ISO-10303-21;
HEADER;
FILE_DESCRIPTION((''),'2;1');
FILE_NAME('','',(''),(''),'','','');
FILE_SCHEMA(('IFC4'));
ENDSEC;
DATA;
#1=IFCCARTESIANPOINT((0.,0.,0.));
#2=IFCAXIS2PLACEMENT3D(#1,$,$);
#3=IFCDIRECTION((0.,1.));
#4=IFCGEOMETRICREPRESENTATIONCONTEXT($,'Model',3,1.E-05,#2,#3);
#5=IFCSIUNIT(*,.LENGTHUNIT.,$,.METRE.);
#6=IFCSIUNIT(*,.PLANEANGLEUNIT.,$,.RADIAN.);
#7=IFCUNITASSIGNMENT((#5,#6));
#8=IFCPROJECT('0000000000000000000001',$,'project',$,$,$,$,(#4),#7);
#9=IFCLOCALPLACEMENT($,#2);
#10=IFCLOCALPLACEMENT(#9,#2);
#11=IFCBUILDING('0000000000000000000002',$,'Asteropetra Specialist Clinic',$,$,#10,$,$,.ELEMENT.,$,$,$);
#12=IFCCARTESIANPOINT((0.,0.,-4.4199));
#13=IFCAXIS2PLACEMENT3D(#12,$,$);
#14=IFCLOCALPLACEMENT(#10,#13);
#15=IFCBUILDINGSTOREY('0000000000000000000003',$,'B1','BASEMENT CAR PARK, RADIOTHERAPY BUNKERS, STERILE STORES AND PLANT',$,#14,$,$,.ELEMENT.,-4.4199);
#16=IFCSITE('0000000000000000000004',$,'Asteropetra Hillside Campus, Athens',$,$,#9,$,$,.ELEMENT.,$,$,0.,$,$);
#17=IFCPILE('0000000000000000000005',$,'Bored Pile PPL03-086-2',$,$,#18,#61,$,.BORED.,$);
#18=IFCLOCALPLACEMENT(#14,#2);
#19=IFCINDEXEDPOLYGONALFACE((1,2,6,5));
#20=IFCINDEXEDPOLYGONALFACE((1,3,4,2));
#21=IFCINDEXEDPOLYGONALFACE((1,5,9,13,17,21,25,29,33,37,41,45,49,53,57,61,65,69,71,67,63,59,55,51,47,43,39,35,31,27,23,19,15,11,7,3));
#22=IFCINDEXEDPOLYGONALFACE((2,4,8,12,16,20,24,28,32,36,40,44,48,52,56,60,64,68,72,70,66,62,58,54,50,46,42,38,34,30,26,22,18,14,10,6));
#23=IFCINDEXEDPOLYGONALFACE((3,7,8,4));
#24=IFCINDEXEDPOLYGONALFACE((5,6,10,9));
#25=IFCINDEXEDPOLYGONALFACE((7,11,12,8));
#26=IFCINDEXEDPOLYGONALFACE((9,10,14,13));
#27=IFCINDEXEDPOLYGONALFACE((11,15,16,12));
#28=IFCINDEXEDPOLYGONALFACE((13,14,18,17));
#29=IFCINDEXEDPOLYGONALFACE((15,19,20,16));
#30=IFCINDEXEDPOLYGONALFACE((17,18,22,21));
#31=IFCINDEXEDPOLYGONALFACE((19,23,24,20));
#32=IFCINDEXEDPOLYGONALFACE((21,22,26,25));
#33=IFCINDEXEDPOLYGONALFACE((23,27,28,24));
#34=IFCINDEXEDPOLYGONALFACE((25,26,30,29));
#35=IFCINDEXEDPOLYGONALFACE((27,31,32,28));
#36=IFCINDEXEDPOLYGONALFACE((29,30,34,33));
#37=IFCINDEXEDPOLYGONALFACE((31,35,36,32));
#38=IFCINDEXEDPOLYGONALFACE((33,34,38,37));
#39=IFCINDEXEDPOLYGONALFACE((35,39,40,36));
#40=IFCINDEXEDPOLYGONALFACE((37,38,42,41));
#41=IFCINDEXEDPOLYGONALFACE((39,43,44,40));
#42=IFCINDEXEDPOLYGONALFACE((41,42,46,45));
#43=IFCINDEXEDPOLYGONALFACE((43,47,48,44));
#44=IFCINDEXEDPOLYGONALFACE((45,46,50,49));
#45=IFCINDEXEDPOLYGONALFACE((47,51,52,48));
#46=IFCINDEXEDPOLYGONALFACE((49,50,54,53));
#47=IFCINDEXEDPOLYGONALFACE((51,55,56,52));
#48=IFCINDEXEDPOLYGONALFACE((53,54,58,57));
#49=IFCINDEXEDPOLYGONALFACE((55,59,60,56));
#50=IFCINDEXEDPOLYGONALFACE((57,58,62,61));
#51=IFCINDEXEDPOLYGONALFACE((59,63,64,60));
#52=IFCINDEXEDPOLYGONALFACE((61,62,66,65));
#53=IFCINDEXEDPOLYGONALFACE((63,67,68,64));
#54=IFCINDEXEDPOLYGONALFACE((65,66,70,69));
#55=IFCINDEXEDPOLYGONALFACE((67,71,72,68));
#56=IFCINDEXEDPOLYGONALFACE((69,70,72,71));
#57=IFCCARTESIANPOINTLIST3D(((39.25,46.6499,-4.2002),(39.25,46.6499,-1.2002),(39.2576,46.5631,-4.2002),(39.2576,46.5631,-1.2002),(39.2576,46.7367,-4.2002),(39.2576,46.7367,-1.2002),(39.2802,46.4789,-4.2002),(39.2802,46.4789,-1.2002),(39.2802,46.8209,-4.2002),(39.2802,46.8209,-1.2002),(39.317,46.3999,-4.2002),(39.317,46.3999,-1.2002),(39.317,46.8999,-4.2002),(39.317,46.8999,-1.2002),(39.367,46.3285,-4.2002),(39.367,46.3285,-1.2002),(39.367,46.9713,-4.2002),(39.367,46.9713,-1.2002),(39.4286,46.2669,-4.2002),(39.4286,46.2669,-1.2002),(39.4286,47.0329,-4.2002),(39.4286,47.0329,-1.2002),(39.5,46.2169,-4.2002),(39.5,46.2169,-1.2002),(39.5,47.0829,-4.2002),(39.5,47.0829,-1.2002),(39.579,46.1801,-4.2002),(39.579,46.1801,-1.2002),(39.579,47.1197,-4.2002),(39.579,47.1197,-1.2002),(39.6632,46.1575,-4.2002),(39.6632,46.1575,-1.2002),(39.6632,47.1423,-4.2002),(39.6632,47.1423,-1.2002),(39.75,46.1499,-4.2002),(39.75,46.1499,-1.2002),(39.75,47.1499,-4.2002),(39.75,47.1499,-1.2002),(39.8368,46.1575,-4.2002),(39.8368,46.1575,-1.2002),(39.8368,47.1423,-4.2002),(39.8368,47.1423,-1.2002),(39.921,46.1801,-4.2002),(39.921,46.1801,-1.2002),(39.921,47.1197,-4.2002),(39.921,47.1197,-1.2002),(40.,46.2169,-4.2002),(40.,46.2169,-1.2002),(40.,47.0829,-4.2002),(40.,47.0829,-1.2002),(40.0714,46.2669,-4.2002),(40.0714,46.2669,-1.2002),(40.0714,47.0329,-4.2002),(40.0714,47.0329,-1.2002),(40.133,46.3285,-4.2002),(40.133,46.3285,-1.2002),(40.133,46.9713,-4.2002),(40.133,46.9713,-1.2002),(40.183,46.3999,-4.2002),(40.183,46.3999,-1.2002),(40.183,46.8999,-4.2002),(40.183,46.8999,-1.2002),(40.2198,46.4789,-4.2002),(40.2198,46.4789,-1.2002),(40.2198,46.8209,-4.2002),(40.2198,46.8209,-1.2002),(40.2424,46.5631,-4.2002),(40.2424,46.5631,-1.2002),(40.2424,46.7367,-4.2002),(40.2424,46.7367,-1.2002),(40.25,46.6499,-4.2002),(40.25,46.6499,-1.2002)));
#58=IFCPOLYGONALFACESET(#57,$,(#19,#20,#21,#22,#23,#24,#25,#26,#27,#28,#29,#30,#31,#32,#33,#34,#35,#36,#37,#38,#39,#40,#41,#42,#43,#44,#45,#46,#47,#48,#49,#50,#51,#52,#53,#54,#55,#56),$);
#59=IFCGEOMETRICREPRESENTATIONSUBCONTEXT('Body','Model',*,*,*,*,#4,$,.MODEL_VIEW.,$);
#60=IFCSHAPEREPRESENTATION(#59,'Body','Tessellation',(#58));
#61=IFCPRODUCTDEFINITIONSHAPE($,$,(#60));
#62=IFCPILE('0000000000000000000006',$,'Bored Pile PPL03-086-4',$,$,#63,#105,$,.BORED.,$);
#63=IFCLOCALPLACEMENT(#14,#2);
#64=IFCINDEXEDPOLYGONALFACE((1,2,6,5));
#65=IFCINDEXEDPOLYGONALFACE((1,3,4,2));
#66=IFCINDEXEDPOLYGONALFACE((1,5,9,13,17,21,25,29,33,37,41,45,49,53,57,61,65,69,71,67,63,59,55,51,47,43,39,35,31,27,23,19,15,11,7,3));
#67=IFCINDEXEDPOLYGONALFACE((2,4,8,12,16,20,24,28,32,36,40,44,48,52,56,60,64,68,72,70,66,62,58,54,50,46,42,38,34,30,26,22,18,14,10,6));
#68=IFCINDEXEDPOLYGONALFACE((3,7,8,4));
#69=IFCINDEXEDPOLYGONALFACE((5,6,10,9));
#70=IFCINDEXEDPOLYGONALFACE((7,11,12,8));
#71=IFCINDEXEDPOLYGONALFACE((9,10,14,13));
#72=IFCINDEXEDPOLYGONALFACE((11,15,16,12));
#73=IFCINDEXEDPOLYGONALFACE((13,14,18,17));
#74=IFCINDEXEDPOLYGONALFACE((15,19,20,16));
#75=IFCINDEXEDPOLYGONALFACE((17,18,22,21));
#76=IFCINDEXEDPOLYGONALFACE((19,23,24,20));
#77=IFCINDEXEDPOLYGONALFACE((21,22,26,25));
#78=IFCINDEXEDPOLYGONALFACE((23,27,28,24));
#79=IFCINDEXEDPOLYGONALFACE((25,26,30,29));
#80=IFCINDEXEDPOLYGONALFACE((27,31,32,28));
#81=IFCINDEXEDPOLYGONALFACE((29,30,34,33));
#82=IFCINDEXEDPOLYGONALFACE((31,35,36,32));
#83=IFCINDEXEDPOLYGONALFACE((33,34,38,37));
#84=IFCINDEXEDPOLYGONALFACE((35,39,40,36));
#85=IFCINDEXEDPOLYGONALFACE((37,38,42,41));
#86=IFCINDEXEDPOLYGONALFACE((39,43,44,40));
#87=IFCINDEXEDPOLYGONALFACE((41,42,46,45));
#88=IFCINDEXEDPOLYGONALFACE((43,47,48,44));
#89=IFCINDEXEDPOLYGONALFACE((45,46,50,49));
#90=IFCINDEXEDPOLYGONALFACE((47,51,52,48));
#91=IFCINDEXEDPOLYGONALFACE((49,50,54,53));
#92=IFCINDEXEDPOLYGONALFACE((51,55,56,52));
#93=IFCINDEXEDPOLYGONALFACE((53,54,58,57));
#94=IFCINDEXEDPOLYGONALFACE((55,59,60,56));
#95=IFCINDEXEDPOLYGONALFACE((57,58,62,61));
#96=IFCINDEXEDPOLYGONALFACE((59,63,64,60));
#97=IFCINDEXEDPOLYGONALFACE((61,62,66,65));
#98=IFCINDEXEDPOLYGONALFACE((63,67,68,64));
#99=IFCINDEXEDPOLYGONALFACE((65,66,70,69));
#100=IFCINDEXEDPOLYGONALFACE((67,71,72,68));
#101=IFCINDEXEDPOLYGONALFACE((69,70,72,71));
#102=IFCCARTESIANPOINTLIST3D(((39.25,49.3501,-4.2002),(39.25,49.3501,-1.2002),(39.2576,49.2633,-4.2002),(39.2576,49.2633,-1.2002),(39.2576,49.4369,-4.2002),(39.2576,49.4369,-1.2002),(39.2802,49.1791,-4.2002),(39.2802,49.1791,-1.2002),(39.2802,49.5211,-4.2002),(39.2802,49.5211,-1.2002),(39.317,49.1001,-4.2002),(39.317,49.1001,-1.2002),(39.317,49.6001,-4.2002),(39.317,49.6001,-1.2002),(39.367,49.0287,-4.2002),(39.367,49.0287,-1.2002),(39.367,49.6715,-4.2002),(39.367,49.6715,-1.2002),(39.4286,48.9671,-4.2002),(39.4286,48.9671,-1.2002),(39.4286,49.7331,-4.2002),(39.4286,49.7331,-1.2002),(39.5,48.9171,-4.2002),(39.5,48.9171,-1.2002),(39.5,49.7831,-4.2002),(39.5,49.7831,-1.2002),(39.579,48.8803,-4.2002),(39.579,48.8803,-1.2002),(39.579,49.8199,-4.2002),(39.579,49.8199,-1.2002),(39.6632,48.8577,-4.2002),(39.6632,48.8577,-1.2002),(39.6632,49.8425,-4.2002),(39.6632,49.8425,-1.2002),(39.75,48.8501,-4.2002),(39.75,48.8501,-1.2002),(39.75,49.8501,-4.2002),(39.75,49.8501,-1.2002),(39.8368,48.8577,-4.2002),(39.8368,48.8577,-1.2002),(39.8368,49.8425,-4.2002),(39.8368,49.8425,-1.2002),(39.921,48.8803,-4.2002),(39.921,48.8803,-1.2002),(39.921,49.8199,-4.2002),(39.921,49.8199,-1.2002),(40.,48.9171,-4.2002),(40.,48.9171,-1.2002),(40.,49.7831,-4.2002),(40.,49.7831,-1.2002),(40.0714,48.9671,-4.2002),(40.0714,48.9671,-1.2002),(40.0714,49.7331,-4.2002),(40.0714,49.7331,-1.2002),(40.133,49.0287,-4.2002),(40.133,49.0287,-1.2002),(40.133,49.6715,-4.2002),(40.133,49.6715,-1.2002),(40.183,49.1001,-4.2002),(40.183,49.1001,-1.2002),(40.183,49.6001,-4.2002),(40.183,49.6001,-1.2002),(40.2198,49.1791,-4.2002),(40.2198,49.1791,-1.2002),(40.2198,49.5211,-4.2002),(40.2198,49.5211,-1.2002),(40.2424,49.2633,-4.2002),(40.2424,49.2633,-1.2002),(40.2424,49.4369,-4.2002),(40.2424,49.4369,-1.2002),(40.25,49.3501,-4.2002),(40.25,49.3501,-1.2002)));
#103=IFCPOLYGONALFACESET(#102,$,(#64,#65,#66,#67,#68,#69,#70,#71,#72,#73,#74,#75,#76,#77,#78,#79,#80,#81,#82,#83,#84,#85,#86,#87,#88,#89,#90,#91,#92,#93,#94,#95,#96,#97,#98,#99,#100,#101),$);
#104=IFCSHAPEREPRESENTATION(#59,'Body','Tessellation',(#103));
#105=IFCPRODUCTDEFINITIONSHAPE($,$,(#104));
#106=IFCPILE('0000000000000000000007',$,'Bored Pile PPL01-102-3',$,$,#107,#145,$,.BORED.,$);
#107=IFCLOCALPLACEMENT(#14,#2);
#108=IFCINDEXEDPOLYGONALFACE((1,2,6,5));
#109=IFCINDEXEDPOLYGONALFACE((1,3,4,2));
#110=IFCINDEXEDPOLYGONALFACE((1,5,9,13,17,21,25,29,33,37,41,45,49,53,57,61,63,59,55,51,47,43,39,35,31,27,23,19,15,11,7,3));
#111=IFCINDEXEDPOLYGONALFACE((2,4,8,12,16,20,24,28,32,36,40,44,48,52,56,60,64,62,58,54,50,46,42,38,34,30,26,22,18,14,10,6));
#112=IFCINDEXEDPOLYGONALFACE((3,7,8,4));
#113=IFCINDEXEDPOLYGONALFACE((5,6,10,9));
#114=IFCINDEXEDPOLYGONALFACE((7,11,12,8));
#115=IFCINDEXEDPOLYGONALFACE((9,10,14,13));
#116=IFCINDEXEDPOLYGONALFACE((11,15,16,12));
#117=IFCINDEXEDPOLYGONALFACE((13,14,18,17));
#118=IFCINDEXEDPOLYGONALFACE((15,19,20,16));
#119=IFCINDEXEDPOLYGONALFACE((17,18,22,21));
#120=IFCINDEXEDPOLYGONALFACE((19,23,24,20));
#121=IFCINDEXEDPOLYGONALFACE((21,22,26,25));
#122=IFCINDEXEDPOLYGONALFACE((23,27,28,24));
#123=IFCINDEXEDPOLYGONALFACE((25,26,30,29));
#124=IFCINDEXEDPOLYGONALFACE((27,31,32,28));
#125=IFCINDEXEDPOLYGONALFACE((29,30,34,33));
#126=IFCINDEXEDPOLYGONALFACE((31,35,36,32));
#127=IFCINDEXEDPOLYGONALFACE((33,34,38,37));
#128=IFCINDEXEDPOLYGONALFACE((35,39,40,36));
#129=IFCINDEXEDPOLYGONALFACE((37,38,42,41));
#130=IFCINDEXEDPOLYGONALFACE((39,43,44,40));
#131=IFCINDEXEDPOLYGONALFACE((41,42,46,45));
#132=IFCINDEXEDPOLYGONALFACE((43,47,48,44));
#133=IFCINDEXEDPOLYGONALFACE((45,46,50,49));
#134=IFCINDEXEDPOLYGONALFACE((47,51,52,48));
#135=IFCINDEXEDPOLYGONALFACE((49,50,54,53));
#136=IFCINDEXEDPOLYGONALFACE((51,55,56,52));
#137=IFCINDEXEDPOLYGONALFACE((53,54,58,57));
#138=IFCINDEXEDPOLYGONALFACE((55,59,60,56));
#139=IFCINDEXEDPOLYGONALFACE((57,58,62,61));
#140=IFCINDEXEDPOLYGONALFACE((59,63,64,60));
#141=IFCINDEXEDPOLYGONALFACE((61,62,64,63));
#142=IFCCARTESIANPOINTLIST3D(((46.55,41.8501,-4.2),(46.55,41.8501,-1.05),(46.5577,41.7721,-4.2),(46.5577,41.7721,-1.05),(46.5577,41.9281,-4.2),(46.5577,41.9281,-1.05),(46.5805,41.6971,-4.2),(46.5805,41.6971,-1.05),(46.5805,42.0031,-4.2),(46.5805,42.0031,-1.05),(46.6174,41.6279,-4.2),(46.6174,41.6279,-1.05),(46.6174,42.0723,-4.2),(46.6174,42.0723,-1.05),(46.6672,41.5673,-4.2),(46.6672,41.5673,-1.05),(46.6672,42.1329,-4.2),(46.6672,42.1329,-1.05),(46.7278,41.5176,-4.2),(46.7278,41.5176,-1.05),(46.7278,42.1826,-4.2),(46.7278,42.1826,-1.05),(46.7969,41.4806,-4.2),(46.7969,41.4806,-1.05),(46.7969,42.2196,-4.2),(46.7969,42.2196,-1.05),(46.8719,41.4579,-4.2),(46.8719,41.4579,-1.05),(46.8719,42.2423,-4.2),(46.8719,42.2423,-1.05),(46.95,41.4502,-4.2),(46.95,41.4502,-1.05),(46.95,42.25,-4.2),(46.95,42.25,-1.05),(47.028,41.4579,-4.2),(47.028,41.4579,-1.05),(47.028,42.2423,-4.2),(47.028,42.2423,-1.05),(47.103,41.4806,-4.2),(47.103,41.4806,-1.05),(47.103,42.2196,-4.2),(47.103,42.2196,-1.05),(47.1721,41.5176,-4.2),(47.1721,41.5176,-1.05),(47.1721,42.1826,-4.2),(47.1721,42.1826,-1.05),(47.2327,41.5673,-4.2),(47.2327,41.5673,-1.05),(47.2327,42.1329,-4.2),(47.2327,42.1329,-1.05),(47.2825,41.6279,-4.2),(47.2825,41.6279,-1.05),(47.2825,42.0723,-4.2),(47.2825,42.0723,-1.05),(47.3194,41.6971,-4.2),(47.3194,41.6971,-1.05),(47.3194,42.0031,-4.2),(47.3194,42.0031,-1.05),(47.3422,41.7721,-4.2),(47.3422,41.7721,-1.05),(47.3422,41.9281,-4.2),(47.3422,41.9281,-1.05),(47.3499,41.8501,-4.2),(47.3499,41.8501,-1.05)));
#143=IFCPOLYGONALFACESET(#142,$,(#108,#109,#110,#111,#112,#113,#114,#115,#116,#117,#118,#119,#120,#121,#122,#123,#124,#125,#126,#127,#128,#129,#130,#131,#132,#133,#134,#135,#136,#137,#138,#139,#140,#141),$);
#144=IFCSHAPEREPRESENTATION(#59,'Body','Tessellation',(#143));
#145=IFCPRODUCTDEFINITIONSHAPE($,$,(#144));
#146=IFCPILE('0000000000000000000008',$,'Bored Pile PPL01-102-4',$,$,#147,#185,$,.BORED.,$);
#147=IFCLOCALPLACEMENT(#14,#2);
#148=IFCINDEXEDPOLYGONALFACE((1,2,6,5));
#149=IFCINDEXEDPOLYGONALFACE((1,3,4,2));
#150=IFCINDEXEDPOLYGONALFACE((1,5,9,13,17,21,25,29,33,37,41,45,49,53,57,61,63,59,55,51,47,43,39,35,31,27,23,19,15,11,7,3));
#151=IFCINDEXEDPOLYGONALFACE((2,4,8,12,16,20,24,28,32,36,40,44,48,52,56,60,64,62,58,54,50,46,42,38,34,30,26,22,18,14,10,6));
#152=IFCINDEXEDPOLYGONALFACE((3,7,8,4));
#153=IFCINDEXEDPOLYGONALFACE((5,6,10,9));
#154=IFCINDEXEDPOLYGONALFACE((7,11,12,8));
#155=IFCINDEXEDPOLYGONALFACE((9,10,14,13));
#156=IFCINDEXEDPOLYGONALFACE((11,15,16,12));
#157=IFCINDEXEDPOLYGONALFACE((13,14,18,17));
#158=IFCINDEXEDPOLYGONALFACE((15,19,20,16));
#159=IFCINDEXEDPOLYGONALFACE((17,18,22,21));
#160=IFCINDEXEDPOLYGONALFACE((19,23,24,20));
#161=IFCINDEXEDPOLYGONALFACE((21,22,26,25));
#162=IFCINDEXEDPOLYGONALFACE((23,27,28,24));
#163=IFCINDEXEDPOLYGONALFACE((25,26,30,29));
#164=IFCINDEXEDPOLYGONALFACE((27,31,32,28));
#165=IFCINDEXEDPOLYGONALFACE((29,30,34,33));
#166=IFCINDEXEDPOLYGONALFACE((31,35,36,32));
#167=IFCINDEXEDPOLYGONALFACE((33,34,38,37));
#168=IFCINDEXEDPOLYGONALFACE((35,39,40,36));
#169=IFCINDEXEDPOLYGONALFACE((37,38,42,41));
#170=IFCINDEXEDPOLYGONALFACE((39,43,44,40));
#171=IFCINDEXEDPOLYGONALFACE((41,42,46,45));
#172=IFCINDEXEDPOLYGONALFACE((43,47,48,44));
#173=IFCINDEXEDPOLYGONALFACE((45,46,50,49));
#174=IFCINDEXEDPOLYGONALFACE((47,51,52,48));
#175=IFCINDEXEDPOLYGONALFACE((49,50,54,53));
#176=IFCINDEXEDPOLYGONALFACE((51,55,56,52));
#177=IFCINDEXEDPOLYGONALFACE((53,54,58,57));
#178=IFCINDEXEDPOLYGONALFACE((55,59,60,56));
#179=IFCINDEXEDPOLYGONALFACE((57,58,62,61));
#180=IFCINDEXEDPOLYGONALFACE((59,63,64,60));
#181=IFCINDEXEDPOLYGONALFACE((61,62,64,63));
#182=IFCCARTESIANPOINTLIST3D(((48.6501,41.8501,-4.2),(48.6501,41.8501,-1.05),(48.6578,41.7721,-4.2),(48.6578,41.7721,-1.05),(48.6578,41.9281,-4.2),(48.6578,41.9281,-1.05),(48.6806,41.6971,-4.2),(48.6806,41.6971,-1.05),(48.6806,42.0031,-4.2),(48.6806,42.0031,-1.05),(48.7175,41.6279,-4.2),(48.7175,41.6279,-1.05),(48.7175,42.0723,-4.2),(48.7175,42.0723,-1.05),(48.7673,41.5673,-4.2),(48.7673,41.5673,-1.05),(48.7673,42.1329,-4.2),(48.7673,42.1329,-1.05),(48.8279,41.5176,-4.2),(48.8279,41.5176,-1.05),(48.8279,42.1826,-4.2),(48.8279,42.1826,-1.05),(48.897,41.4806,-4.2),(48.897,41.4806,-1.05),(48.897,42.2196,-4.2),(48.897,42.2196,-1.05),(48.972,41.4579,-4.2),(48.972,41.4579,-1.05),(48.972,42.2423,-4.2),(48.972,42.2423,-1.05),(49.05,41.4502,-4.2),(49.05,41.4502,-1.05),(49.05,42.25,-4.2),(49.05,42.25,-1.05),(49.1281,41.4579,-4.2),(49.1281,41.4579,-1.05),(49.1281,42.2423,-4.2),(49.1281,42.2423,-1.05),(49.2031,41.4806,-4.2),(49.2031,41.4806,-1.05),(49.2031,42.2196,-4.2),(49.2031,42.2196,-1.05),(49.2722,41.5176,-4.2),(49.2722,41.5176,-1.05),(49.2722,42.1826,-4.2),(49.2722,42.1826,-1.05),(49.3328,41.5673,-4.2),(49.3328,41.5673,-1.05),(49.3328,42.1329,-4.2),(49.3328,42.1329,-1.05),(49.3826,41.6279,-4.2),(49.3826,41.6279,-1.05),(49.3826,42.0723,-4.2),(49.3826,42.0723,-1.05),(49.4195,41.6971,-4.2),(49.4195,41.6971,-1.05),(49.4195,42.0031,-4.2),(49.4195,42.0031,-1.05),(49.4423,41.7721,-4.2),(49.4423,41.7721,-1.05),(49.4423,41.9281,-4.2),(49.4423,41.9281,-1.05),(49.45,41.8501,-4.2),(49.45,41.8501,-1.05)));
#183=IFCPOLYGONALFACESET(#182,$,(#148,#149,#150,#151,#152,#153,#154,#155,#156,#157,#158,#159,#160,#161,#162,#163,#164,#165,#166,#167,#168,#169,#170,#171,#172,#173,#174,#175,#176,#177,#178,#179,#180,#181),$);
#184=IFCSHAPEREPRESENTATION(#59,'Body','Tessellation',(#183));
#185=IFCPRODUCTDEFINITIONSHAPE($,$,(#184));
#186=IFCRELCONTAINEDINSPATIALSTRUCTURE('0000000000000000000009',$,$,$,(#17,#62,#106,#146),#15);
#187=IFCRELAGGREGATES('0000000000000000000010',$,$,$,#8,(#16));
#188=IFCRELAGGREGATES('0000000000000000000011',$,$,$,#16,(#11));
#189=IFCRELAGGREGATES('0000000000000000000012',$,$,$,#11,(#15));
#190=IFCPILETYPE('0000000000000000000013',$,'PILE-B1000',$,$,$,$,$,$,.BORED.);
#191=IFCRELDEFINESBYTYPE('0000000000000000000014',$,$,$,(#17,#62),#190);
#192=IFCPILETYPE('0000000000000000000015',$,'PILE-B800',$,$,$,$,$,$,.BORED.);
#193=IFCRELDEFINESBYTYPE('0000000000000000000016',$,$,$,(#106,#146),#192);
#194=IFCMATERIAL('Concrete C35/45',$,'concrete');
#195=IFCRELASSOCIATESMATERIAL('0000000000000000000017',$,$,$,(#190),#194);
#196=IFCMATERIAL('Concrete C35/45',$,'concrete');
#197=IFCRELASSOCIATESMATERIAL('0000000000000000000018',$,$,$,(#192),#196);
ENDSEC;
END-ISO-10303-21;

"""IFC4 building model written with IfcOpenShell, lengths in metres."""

from ifc_helpers import new_model, si_unit, direction, frame, origin, origin_2d, place, context, subcontext, project, spatial, circle, extrude, material, material_profile, profile_set, type_object, element, save


model = new_model("IFC4")

# Units and contexts
model_context = context("Model", 3, precision=1e-05, world=origin(), true_north=direction((0.0, 1.0)))
body_context = subcontext(model_context, "Body", "Model", "MODEL_VIEW")
ifc_project = project(units=[si_unit("LENGTHUNIT", "METRE"), si_unit("PLANEANGLEUNIT", "RADIAN")], contexts=[model_context])

# Site, building, storey
site_placement = place(None, origin())
site = spatial("IfcSite", under=ifc_project, at=site_placement, Name="Asteropetra Hillside Campus, Athens", CompositionType="ELEMENT", RefElevation=0.0)
building_placement = place(site_placement, origin())
building = spatial("IfcBuilding", under=site, at=building_placement, Name="Asteropetra Specialist Clinic", CompositionType="ELEMENT")
storey_placement = place(building_placement, frame((0.0, 0.0, -4.4199)))
storey = spatial("IfcBuildingStorey", under=building, at=storey_placement, Name="B1", Description="BASEMENT CAR PARK, RADIOTHERAPY BUNKERS, STERILE STORES AND PLANT", CompositionType="ELEMENT", Elevation=-4.4199)

# Piles
ifc_material_1 = material(Name="Concrete C35/45", Category="concrete")
ifc_material_profile_1 = material_profile(ifc_material_1, circle(Radius=0.5, at=origin_2d()), Name="PILE D1000")
ifc_profile_set_1 = profile_set([ifc_material_profile_1], Name="Concrete C35/45")
pile_type_1 = type_object("IfcPileType", Name="PILE-B1000", PredefinedType="BORED", material=ifc_profile_set_1)
for number, where, z_axis, x_axis, name in (
    (1, (39.75, 46.6499, -1.2002), (0.0, 0.0, -1.0), (1.0, 0.0, 0.0), "Bored Pile PPL03-086-2"),
    (2, (39.75, 49.3501, -1.2002), (0.0, 0.0, -1.0), (1.0, 0.0, 0.0), "Bored Pile PPL03-086-4"),
):
    element("IfcPile", number, at=place(storey_placement, frame(where, z_axis=z_axis, x_axis=x_axis)), inside=storey, type_object=pile_type_1, Name=name, PredefinedType="BORED", context=body_context, shape_type="SweptSolid", body=[
        extrude(circle(Radius=0.5, at=origin_2d()), origin(), (0.0, 0.0, 1.0), 3.0),
    ])
ifc_material_2 = material(Name="Concrete C35/45", Category="concrete")
ifc_material_profile_2 = material_profile(ifc_material_2, circle(Radius=0.3999, at=origin_2d()), Name="PILE D800")
ifc_profile_set_2 = profile_set([ifc_material_profile_2], Name="Concrete C35/45")
pile_type_2 = type_object("IfcPileType", Name="PILE-B800", PredefinedType="BORED", material=ifc_profile_set_2)
for number, where, z_axis, x_axis, name in (
    (3, (46.95, 41.8501, -1.05), (0.0, 0.0, -1.0), (1.0, 0.0, 0.0), "Bored Pile PPL01-102-3"),
    (4, (49.05, 41.8501, -1.05), (0.0, 0.0, -1.0), (1.0, 0.0, 0.0), "Bored Pile PPL01-102-4"),
):
    element("IfcPile", number, at=place(storey_placement, frame(where, z_axis=z_axis, x_axis=x_axis)), inside=storey, type_object=pile_type_2, Name=name, PredefinedType="BORED", context=body_context, shape_type="SweptSolid", body=[
        extrude(circle(Radius=0.3999, at=origin_2d()), origin(), (0.0, 0.0, 1.0), 3.1499),
    ])

save(model, "model.ifc")
